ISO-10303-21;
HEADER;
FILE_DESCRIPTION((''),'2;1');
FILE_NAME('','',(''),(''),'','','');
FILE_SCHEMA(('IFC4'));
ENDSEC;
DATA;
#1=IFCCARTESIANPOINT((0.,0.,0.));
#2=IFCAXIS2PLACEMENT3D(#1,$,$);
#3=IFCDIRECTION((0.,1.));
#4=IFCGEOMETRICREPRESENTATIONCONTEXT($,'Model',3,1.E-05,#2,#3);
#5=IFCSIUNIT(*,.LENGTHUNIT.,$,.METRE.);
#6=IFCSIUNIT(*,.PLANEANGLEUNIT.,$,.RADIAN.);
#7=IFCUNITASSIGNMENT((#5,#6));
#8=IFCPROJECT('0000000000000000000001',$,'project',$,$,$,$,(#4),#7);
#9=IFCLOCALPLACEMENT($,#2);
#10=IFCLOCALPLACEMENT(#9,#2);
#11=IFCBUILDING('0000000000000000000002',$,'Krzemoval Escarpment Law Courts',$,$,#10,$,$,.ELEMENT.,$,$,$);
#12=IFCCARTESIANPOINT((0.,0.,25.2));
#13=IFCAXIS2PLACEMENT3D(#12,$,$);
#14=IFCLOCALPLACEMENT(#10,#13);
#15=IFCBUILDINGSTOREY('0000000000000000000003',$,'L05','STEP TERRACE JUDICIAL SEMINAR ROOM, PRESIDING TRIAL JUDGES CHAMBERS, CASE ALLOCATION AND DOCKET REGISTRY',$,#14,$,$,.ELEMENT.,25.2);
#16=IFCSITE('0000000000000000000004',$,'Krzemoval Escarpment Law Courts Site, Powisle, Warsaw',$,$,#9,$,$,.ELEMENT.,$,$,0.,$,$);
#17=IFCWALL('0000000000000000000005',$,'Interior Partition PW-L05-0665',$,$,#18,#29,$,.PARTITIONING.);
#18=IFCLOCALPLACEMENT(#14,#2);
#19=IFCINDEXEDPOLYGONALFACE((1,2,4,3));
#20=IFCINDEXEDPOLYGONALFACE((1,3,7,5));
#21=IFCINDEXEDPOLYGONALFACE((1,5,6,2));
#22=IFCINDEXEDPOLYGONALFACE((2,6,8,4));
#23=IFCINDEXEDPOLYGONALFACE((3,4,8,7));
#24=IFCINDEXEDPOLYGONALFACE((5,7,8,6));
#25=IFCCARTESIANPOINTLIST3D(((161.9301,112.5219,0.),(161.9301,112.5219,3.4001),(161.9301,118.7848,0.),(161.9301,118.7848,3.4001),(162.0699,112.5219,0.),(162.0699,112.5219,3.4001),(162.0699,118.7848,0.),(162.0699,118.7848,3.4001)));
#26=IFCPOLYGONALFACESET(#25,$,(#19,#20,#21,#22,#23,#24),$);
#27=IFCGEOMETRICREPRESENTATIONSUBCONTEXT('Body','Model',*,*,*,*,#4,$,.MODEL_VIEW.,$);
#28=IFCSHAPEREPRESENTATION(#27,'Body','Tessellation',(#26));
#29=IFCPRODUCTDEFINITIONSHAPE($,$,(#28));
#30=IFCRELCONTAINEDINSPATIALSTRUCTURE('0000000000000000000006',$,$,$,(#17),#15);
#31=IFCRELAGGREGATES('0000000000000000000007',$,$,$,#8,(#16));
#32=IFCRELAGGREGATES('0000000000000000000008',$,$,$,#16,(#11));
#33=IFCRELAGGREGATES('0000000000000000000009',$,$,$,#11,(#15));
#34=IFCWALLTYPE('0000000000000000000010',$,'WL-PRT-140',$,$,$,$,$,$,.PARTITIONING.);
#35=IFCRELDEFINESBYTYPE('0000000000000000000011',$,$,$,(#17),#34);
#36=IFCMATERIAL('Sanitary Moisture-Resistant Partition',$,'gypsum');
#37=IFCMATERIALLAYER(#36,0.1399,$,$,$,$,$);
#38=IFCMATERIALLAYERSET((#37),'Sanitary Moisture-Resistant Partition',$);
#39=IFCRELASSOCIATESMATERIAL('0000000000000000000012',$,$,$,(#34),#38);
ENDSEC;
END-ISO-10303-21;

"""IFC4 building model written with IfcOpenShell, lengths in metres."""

from ifc_helpers import new_model, si_unit, direction, frame, frame_2d, origin, place, context, subcontext, project, spatial, rectangle, extrude, material, layer, layer_set, type_object, element, save


model = new_model("IFC4")

# Units and contexts
model_context = context("Model", 3, precision=1e-05, world=origin(), true_north=direction((0.0, 1.0)))
body_context = subcontext(model_context, "Body", "Model", "MODEL_VIEW")
ifc_project = project(units=[si_unit("LENGTHUNIT", "METRE"), si_unit("PLANEANGLEUNIT", "RADIAN")], contexts=[model_context])

# Site, building, storey
site_placement = place(None, origin())
site = spatial("IfcSite", under=ifc_project, at=site_placement, Name="Krzemoval Escarpment Law Courts Site, Powisle, Warsaw", CompositionType="ELEMENT", RefElevation=0.0)
building_placement = place(site_placement, origin())
building = spatial("IfcBuilding", under=site, at=building_placement, Name="Krzemoval Escarpment Law Courts", CompositionType="ELEMENT")
storey_placement = place(building_placement, frame((0.0, 0.0, 25.2)))
storey = spatial("IfcBuildingStorey", under=building, at=storey_placement, Name="L05", Description="STEP TERRACE JUDICIAL SEMINAR ROOM, PRESIDING TRIAL JUDGES CHAMBERS, CASE ALLOCATION AND DOCKET REGISTRY", CompositionType="ELEMENT", Elevation=25.2)

# Wall
ifc_material_1 = material(Name="Sanitary Moisture-Resistant Partition", Category="gypsum")
ifc_layer_1 = layer(ifc_material_1, 0.1399)
ifc_layer_set_1 = layer_set([ifc_layer_1], Name="Sanitary Moisture-Resistant Partition")
wall_type = type_object("IfcWallType", Name="WL-PRT-140", PredefinedType="PARTITIONING", material=ifc_layer_set_1)
wall_placement = place(storey_placement, frame((162.0, 112.522, 0.0), z_axis=(0.0, 0.0, 1.0), x_axis=(0.0, 1.0, 0.0)))
element("IfcWall", 1, at=wall_placement, inside=storey, type_object=wall_type, Name="Interior Partition PW-L05-0665", PredefinedType="PARTITIONING", context=body_context, shape_type="SweptSolid", body=[
    extrude(rectangle(XDim=6.2629, YDim=0.1399, at=frame_2d((3.1313, 0.0))), origin(), (0.0, 0.0, 1.0), 3.4001),
])

save(model, "model.ifc")
